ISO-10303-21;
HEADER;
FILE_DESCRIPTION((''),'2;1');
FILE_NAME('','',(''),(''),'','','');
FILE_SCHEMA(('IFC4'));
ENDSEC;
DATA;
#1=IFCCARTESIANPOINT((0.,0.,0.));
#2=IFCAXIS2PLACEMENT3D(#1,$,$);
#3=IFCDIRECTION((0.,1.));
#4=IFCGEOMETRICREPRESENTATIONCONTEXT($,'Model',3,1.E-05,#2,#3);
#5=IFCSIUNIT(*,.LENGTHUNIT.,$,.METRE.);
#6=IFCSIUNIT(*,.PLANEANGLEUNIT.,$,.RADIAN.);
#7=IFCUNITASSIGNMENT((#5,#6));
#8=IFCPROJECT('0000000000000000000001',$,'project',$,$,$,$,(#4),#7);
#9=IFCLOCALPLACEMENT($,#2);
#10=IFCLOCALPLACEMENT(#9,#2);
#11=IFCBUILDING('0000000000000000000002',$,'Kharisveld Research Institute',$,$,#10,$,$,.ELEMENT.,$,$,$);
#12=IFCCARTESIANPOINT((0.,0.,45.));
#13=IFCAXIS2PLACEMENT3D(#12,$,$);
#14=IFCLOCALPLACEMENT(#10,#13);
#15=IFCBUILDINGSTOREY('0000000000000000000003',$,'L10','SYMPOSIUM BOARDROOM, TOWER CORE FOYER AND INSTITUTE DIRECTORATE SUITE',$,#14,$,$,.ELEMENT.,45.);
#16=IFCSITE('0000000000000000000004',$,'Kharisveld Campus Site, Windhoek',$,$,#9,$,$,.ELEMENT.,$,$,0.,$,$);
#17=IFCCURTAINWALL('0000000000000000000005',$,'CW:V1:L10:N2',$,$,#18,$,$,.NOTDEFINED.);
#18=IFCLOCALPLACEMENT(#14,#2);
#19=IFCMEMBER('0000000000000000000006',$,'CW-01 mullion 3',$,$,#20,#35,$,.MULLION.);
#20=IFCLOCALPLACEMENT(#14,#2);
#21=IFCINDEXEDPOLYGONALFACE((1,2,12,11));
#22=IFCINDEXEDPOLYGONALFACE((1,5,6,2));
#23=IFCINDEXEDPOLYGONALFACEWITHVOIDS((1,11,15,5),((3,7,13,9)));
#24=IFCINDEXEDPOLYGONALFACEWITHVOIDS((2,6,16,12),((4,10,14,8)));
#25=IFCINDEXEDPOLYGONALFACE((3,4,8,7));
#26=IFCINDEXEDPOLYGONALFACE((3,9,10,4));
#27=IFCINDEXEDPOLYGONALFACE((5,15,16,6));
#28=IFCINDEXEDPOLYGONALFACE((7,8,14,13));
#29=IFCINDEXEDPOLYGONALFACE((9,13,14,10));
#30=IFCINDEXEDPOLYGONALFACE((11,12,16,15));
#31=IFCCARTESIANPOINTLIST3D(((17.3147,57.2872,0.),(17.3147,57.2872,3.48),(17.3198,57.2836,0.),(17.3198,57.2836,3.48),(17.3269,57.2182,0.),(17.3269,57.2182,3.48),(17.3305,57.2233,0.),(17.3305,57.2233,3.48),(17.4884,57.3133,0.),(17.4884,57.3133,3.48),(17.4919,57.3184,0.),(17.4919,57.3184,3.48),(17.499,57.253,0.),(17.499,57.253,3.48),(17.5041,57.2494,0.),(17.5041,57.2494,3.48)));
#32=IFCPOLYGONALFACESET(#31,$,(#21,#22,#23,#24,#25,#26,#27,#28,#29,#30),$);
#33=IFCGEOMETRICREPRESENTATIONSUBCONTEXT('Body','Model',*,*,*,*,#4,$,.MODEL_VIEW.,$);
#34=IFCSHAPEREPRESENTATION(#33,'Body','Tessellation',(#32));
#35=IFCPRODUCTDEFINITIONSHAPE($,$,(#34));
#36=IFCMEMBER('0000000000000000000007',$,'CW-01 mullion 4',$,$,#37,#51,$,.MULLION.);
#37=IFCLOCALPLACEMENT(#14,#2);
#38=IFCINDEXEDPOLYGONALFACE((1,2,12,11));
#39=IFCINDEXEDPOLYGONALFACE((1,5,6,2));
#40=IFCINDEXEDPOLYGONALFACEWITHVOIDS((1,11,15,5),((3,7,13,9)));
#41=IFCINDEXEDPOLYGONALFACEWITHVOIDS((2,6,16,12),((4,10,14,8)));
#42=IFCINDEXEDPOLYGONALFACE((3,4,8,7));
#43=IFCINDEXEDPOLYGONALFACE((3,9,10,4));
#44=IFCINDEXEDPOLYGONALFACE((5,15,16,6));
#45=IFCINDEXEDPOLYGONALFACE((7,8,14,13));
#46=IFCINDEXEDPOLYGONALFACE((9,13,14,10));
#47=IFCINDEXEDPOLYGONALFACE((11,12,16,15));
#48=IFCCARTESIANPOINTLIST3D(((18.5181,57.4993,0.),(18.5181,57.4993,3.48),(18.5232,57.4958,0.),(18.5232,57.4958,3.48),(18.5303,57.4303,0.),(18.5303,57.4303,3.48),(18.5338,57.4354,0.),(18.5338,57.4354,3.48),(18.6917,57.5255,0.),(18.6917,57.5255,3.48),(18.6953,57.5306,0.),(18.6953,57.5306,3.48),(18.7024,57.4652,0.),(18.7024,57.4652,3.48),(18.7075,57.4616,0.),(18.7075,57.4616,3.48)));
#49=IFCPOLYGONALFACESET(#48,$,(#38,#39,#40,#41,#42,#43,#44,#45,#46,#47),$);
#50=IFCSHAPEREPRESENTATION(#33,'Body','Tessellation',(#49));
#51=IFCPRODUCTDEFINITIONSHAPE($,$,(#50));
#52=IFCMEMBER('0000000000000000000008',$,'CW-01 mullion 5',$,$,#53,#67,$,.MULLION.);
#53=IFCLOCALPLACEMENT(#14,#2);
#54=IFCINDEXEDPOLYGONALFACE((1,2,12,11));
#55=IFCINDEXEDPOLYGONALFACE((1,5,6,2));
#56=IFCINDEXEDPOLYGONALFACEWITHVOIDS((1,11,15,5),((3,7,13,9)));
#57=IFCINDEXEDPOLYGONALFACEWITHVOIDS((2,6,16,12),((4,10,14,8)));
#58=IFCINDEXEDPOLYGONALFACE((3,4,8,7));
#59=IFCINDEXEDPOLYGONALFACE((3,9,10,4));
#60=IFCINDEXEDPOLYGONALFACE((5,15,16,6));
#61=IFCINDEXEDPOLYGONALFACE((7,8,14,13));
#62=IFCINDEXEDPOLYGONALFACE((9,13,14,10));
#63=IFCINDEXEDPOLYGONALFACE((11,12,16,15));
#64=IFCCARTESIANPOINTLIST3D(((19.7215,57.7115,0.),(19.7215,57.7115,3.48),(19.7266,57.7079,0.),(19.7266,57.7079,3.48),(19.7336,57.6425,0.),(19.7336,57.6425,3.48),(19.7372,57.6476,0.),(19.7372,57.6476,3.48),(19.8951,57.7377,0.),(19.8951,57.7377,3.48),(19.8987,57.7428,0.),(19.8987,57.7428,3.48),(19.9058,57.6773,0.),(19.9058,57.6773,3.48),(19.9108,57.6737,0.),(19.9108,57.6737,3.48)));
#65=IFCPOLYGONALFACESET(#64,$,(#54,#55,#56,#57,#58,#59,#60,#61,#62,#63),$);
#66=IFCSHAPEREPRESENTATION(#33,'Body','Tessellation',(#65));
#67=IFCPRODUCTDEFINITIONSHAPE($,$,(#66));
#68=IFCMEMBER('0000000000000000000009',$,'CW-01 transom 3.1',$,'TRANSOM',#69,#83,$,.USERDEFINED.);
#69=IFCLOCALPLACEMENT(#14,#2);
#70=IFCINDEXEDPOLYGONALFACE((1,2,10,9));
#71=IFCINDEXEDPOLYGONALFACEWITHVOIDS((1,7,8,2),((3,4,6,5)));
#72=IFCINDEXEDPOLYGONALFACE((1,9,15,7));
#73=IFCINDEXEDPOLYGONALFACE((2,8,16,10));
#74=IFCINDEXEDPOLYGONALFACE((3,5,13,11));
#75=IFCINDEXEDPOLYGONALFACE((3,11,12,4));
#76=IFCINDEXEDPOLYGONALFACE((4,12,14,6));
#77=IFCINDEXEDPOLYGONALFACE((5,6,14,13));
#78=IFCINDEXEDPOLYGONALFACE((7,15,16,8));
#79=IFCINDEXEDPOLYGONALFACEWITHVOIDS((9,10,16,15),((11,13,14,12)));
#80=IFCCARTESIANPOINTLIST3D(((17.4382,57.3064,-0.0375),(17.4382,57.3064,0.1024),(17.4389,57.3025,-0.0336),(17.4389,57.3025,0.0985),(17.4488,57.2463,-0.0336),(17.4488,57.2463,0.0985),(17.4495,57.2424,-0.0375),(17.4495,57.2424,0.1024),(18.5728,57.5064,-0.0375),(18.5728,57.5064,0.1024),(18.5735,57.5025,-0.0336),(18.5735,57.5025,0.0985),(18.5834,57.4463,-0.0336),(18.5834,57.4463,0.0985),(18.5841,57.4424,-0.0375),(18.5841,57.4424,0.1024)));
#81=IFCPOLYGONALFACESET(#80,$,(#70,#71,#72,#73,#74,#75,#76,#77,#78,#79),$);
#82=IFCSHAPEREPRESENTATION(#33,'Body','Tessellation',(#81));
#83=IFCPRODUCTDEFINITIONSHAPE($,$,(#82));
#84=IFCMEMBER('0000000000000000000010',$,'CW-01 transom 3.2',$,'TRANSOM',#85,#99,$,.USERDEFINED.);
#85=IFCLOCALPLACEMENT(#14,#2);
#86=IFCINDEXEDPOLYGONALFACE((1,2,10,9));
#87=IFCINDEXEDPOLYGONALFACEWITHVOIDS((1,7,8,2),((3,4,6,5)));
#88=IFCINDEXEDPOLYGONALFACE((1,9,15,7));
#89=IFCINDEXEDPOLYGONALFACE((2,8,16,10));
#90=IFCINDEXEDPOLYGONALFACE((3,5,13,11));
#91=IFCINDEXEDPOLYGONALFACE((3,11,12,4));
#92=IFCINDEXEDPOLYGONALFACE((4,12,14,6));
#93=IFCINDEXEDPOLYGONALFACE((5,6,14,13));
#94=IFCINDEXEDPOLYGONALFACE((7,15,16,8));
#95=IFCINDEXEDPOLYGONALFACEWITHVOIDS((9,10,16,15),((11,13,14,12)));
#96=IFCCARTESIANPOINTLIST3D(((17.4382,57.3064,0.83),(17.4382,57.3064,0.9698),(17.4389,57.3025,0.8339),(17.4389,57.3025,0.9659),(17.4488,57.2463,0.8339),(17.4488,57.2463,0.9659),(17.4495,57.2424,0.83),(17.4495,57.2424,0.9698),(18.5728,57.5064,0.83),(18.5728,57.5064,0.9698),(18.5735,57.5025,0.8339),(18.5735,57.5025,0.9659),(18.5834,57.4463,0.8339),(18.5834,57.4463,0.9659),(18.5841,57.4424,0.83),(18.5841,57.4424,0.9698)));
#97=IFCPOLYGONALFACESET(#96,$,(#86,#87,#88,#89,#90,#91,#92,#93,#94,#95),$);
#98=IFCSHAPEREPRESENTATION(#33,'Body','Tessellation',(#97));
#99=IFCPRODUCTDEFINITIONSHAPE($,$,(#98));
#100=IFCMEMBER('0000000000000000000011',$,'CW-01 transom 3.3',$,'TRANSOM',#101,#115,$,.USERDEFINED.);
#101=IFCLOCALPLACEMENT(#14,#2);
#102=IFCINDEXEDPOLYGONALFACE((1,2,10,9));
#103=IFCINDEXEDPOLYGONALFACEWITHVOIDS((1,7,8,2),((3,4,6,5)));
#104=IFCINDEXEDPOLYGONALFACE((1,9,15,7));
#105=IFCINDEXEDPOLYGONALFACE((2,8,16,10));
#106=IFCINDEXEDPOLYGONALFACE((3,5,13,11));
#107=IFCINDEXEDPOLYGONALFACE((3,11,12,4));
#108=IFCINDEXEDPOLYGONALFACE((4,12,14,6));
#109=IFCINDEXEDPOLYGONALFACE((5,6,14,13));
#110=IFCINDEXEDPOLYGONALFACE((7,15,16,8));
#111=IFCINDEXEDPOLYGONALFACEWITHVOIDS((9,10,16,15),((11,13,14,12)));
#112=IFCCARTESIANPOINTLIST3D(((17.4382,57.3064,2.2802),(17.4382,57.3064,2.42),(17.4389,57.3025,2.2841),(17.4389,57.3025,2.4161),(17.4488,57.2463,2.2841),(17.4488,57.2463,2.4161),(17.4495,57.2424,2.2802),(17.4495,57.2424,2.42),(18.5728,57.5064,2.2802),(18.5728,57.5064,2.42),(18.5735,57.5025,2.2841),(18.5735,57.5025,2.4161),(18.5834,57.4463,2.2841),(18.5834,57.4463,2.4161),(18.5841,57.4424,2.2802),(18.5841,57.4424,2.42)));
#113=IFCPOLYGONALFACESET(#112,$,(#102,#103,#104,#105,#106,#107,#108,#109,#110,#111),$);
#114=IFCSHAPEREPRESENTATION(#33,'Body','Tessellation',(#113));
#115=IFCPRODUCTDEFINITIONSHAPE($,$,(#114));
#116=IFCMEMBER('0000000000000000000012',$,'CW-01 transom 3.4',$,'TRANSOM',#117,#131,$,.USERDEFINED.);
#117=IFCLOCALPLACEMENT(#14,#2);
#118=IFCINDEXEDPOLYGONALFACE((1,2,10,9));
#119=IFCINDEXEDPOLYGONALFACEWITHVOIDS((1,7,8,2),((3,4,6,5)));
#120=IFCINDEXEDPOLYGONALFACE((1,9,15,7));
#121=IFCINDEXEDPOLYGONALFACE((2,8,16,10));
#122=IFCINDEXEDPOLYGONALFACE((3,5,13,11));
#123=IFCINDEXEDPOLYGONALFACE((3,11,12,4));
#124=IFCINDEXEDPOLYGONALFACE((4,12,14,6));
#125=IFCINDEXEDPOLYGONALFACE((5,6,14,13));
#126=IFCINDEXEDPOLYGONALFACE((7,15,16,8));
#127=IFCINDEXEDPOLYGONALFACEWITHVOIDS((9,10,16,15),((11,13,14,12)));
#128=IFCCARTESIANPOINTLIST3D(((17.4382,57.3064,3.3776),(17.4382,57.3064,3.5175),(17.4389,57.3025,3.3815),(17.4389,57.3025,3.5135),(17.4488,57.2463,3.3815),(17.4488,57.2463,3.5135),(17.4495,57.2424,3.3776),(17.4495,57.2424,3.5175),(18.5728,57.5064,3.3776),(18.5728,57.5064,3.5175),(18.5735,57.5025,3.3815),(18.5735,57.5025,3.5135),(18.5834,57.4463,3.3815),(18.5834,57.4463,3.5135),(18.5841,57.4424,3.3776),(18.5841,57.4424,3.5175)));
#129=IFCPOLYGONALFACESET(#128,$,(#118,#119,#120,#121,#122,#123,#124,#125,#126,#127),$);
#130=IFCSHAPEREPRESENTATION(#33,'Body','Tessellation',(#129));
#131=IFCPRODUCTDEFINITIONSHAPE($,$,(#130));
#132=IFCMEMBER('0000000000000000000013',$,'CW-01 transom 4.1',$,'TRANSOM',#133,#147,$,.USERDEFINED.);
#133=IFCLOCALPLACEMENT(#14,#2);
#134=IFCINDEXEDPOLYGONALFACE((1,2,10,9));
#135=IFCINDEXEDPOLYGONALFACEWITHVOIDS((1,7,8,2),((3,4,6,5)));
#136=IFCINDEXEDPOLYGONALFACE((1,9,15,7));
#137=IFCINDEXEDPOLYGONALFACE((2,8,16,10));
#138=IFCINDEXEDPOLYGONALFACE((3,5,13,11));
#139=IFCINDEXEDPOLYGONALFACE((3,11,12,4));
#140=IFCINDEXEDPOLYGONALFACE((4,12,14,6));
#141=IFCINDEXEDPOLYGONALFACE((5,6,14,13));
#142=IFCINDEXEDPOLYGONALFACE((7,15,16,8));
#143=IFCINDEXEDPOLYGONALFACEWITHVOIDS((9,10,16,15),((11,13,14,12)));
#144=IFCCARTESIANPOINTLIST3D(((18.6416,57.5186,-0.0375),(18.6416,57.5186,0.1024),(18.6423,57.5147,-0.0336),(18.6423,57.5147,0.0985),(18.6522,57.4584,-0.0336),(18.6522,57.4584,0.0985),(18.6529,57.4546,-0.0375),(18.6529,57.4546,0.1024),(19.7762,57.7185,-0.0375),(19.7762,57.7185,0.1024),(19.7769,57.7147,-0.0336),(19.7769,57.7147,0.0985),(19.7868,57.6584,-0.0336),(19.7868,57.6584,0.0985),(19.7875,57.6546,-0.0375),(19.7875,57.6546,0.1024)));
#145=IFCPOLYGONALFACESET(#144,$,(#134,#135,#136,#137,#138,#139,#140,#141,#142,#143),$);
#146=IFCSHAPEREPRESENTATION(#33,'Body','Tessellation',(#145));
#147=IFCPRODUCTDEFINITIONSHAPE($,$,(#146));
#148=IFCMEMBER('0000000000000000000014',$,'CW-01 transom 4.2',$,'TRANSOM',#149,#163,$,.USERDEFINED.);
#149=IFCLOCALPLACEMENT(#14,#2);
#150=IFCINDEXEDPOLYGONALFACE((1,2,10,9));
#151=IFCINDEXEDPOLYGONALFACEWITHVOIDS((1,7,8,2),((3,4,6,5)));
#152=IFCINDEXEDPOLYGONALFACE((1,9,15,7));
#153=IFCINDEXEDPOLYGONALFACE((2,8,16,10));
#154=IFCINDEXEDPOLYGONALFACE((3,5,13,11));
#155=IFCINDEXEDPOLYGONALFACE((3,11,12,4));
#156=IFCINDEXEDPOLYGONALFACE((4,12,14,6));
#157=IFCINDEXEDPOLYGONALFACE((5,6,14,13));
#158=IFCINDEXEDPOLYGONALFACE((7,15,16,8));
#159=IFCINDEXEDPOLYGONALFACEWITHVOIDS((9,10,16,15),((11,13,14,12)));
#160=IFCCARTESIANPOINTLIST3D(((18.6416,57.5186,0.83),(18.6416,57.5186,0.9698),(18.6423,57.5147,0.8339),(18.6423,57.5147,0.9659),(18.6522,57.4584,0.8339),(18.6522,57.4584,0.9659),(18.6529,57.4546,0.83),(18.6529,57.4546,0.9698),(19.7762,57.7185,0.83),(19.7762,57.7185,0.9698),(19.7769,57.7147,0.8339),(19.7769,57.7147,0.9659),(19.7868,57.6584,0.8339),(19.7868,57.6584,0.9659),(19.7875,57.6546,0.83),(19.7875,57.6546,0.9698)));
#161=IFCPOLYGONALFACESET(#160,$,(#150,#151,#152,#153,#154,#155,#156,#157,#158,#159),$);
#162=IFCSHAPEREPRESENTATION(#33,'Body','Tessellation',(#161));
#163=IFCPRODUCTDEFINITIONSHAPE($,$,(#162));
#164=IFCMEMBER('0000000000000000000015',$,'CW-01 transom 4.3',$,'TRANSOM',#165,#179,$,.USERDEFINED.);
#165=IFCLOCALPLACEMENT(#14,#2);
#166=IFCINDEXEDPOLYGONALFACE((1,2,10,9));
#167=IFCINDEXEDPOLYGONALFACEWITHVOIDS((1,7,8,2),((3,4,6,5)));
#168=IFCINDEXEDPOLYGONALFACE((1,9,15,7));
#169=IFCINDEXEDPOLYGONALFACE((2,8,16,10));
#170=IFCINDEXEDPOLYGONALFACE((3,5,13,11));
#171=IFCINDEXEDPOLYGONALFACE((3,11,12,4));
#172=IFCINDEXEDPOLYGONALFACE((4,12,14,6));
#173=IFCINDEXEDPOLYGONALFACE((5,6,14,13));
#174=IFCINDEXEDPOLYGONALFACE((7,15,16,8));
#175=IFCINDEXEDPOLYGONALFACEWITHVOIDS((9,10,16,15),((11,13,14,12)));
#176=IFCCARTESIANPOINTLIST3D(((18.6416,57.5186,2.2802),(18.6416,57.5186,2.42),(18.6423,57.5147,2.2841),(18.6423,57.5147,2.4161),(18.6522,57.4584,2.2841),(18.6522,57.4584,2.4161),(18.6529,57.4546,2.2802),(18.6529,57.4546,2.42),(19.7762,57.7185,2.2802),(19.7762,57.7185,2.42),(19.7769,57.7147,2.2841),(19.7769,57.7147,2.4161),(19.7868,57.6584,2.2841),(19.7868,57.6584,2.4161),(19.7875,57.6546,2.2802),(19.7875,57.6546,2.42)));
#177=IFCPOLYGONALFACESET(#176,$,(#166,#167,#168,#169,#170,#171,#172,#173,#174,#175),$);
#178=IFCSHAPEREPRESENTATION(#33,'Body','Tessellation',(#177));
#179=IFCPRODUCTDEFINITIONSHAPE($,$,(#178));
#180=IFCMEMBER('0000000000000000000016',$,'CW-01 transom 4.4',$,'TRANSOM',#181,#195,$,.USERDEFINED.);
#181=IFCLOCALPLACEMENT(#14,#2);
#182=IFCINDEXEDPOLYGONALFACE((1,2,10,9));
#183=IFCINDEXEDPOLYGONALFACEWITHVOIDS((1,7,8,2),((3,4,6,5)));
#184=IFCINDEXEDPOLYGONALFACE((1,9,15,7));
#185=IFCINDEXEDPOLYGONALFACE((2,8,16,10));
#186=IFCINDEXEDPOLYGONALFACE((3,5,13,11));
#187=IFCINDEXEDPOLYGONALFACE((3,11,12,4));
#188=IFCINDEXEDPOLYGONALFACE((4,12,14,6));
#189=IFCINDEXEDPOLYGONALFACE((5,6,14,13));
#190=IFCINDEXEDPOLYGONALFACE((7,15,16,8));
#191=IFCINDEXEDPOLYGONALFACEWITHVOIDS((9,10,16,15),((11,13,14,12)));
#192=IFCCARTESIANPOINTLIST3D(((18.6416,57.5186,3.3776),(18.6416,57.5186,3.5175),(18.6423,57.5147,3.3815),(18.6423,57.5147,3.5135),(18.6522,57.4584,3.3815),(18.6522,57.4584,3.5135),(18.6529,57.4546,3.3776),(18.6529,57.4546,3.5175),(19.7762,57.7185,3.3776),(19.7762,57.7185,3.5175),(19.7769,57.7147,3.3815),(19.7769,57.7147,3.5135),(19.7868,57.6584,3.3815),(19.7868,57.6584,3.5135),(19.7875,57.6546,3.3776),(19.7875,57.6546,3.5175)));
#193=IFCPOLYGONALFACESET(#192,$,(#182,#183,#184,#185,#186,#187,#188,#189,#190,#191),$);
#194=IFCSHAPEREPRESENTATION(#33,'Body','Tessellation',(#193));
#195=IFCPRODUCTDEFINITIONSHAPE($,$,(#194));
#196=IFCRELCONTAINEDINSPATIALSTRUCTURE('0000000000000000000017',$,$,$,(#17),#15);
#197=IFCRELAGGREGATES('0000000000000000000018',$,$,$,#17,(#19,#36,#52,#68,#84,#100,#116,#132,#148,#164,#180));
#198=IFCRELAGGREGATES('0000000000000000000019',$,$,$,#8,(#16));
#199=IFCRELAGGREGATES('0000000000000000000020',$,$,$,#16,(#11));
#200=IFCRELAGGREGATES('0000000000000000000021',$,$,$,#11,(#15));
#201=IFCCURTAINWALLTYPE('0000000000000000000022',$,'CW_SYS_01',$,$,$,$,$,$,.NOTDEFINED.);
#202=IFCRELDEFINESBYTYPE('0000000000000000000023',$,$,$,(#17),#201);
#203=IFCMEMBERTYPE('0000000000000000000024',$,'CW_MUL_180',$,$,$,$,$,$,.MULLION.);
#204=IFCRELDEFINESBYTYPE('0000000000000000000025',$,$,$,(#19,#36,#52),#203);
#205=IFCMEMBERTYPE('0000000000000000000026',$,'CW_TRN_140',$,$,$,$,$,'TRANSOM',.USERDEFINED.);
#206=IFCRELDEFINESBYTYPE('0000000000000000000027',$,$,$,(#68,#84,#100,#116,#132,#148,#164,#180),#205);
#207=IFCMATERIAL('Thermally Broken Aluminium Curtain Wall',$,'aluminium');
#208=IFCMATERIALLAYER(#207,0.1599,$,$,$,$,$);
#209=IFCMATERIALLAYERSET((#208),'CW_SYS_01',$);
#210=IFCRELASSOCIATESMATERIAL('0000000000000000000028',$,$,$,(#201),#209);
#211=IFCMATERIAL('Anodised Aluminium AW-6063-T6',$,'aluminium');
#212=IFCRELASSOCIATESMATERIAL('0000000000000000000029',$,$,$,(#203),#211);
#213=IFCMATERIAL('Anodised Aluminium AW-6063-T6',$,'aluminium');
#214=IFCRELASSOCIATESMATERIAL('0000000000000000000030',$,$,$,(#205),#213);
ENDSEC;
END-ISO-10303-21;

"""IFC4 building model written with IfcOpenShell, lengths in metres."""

from ifc_helpers import new_model, si_unit, direction, frame, origin, origin_2d, place, context, subcontext, project, spatial, hollow_rectangle, extrude, material, layer, layer_set, material_profile, profile_set, type_object, element, aggregate, save


model = new_model("IFC4")

# Units and contexts
model_context = context("Model", 3, precision=1e-05, world=origin(), true_north=direction((0.0, 1.0)))
body_context = subcontext(model_context, "Body", "Model", "MODEL_VIEW")
ifc_project = project(units=[si_unit("LENGTHUNIT", "METRE"), si_unit("PLANEANGLEUNIT", "RADIAN")], contexts=[model_context])

# Site, building, storey
site_placement = place(None, origin())
site = spatial("IfcSite", under=ifc_project, at=site_placement, Name="Kharisveld Campus Site, Windhoek", CompositionType="ELEMENT", RefElevation=0.0)
building_placement = place(site_placement, origin())
building = spatial("IfcBuilding", under=site, at=building_placement, Name="Kharisveld Research Institute", CompositionType="ELEMENT")
storey_placement = place(building_placement, frame((0.0, 0.0, 45.0)))
storey = spatial("IfcBuildingStorey", under=building, at=storey_placement, Name="L10", Description="SYMPOSIUM BOARDROOM, TOWER CORE FOYER AND INSTITUTE DIRECTORATE SUITE", CompositionType="ELEMENT", Elevation=45.0)

# Curtain wall, members
ifc_material_1 = material(Name="Thermally Broken Aluminium Curtain Wall", Category="aluminium")
ifc_layer_1 = layer(ifc_material_1, 0.1599)
ifc_layer_set_1 = layer_set([ifc_layer_1], Name="CW_SYS_01")
curtain_wall_type = type_object("IfcCurtainWallType", Name="CW_SYS_01", PredefinedType="NOTDEFINED", material=ifc_layer_set_1)
curtain_wall_placement = place(storey_placement, origin())
curtain_wall = element("IfcCurtainWall", 1, at=curtain_wall_placement, inside=storey, type_object=curtain_wall_type, Name="CW:V1:L10:N2", PredefinedType="NOTDEFINED")
ifc_material_2 = material(Name="Anodised Aluminium AW-6063-T6", Category="aluminium")
ifc_material_profile_1 = material_profile(ifc_material_2, hollow_rectangle(XDim=0.0701, YDim=0.1799, WallThickness=0.0044, at=origin_2d()))
ifc_profile_set_1 = profile_set([ifc_material_profile_1], Name="Anodised Aluminium AW-6063-T6")
member_type_1 = type_object("IfcMemberType", Name="CW_MUL_180", PredefinedType="MULLION", material=ifc_profile_set_1)
member_1_placement = place(storey_placement, frame((17.4094, 57.2683, 0.0), z_axis=(0.0, 0.0, 1.0), x_axis=(-0.173648, 0.984808, 0.0)))
member_1 = element("IfcMember", 2, at=member_1_placement, type_object=member_type_1, Name="CW-01 mullion 3", PredefinedType="MULLION", context=body_context, shape_type="SweptSolid", body=[
    extrude(hollow_rectangle(XDim=0.0701, YDim=0.1799, WallThickness=0.0044, at=origin_2d()), origin(), (0.0, 0.0, 1.0), 3.48),
])
member_2_placement = place(storey_placement, frame((18.6128, 57.4805, 0.0), z_axis=(0.0, 0.0, 1.0), x_axis=(-0.173648, 0.984808, 0.0)))
member_2 = element("IfcMember", 3, at=member_2_placement, type_object=member_type_1, Name="CW-01 mullion 4", PredefinedType="MULLION", context=body_context, shape_type="SweptSolid", body=[
    extrude(hollow_rectangle(XDim=0.0701, YDim=0.1799, WallThickness=0.0044, at=origin_2d()), origin(), (0.0, 0.0, 1.0), 3.48),
])
member_3_placement = place(storey_placement, frame((19.8162, 57.6926, 0.0), z_axis=(0.0, 0.0, 1.0), x_axis=(-0.173648, 0.984808, 0.0)))
member_3 = element("IfcMember", 4, at=member_3_placement, type_object=member_type_1, Name="CW-01 mullion 5", PredefinedType="MULLION", context=body_context, shape_type="SweptSolid", body=[
    extrude(hollow_rectangle(XDim=0.0701, YDim=0.1799, WallThickness=0.0044, at=origin_2d()), origin(), (0.0, 0.0, 1.0), 3.48),
])
ifc_material_3 = material(Name="Anodised Aluminium AW-6063-T6", Category="aluminium")
ifc_material_profile_2 = material_profile(ifc_material_3, hollow_rectangle(XDim=0.0649, YDim=0.1399, WallThickness=0.0039, at=origin_2d()))
ifc_profile_set_2 = profile_set([ifc_material_profile_2], Name="Anodised Aluminium AW-6063-T6")
member_type_2 = type_object("IfcMemberType", Name="CW_TRN_140", ElementType="TRANSOM", PredefinedType="USERDEFINED", material=ifc_profile_set_2)
member_4_placement = place(storey_placement, frame((17.4438, 57.2744, 0.0325), z_axis=(0.984822, 0.173568, 0.0), x_axis=(-0.173568, 0.984822, 0.0)))
member_4 = element("IfcMember", 5, at=member_4_placement, type_object=member_type_2, Name="CW-01 transom 3.1", ObjectType="TRANSOM", PredefinedType="USERDEFINED", context=body_context, shape_type="SweptSolid", body=[
    extrude(hollow_rectangle(XDim=0.0649, YDim=0.1399, WallThickness=0.0039, at=origin_2d()), origin(), (0.0, 0.0, 1.0), 1.1521),
])
member_5_placement = place(storey_placement, frame((17.4438, 57.2744, 0.8999), z_axis=(0.984822, 0.173568, 0.0), x_axis=(-0.173568, 0.984822, 0.0)))
member_5 = element("IfcMember", 6, at=member_5_placement, type_object=member_type_2, Name="CW-01 transom 3.2", ObjectType="TRANSOM", PredefinedType="USERDEFINED", context=body_context, shape_type="SweptSolid", body=[
    extrude(hollow_rectangle(XDim=0.0649, YDim=0.1399, WallThickness=0.0039, at=origin_2d()), origin(), (0.0, 0.0, 1.0), 1.1521),
])
member_6_placement = place(storey_placement, frame((17.4438, 57.2744, 2.3501), z_axis=(0.984822, 0.173568, 0.0), x_axis=(-0.173568, 0.984822, 0.0)))
member_6 = element("IfcMember", 7, at=member_6_placement, type_object=member_type_2, Name="CW-01 transom 3.3", ObjectType="TRANSOM", PredefinedType="USERDEFINED", context=body_context, shape_type="SweptSolid", body=[
    extrude(hollow_rectangle(XDim=0.0649, YDim=0.1399, WallThickness=0.0039, at=origin_2d()), origin(), (0.0, 0.0, 1.0), 1.1521),
])
member_7_placement = place(storey_placement, frame((17.4438, 57.2744, 3.4475), z_axis=(0.984822, 0.173568, 0.0), x_axis=(-0.173568, 0.984822, 0.0)))
member_7 = element("IfcMember", 8, at=member_7_placement, type_object=member_type_2, Name="CW-01 transom 3.4", ObjectType="TRANSOM", PredefinedType="USERDEFINED", context=body_context, shape_type="SweptSolid", body=[
    extrude(hollow_rectangle(XDim=0.0649, YDim=0.1399, WallThickness=0.0039, at=origin_2d()), origin(), (0.0, 0.0, 1.0), 1.1521),
])
member_8_placement = place(storey_placement, frame((18.6472, 57.4866, 0.0325), z_axis=(0.984822, 0.173568, 0.0), x_axis=(-0.173568, 0.984822, 0.0)))
member_8 = element("IfcMember", 9, at=member_8_placement, type_object=member_type_2, Name="CW-01 transom 4.1", ObjectType="TRANSOM", PredefinedType="USERDEFINED", context=body_context, shape_type="SweptSolid", body=[
    extrude(hollow_rectangle(XDim=0.0649, YDim=0.1399, WallThickness=0.0039, at=origin_2d()), origin(), (0.0, 0.0, 1.0), 1.1521),
])
member_9_placement = place(storey_placement, frame((18.6472, 57.4866, 0.8999), z_axis=(0.984822, 0.173568, 0.0), x_axis=(-0.173568, 0.984822, 0.0)))
member_9 = element("IfcMember", 10, at=member_9_placement, type_object=member_type_2, Name="CW-01 transom 4.2", ObjectType="TRANSOM", PredefinedType="USERDEFINED", context=body_context, shape_type="SweptSolid", body=[
    extrude(hollow_rectangle(XDim=0.0649, YDim=0.1399, WallThickness=0.0039, at=origin_2d()), origin(), (0.0, 0.0, 1.0), 1.1521),
])
member_10_placement = place(storey_placement, frame((18.6472, 57.4866, 2.3501), z_axis=(0.984822, 0.173568, 0.0), x_axis=(-0.173568, 0.984822, 0.0)))
member_10 = element("IfcMember", 11, at=member_10_placement, type_object=member_type_2, Name="CW-01 transom 4.3", ObjectType="TRANSOM", PredefinedType="USERDEFINED", context=body_context, shape_type="SweptSolid", body=[
    extrude(hollow_rectangle(XDim=0.0649, YDim=0.1399, WallThickness=0.0039, at=origin_2d()), origin(), (0.0, 0.0, 1.0), 1.1521),
])
member_11_placement = place(storey_placement, frame((18.6472, 57.4866, 3.4475), z_axis=(0.984822, 0.173568, 0.0), x_axis=(-0.173568, 0.984822, 0.0)))
member_11 = element("IfcMember", 12, at=member_11_placement, type_object=member_type_2, Name="CW-01 transom 4.4", ObjectType="TRANSOM", PredefinedType="USERDEFINED", context=body_context, shape_type="SweptSolid", body=[
    extrude(hollow_rectangle(XDim=0.0649, YDim=0.1399, WallThickness=0.0039, at=origin_2d()), origin(), (0.0, 0.0, 1.0), 1.1521),
])
aggregate(curtain_wall, [member_1, member_2, member_3, member_4, member_5, member_6, member_7, member_8, member_9, member_10, member_11])

save(model, "model.ifc")
